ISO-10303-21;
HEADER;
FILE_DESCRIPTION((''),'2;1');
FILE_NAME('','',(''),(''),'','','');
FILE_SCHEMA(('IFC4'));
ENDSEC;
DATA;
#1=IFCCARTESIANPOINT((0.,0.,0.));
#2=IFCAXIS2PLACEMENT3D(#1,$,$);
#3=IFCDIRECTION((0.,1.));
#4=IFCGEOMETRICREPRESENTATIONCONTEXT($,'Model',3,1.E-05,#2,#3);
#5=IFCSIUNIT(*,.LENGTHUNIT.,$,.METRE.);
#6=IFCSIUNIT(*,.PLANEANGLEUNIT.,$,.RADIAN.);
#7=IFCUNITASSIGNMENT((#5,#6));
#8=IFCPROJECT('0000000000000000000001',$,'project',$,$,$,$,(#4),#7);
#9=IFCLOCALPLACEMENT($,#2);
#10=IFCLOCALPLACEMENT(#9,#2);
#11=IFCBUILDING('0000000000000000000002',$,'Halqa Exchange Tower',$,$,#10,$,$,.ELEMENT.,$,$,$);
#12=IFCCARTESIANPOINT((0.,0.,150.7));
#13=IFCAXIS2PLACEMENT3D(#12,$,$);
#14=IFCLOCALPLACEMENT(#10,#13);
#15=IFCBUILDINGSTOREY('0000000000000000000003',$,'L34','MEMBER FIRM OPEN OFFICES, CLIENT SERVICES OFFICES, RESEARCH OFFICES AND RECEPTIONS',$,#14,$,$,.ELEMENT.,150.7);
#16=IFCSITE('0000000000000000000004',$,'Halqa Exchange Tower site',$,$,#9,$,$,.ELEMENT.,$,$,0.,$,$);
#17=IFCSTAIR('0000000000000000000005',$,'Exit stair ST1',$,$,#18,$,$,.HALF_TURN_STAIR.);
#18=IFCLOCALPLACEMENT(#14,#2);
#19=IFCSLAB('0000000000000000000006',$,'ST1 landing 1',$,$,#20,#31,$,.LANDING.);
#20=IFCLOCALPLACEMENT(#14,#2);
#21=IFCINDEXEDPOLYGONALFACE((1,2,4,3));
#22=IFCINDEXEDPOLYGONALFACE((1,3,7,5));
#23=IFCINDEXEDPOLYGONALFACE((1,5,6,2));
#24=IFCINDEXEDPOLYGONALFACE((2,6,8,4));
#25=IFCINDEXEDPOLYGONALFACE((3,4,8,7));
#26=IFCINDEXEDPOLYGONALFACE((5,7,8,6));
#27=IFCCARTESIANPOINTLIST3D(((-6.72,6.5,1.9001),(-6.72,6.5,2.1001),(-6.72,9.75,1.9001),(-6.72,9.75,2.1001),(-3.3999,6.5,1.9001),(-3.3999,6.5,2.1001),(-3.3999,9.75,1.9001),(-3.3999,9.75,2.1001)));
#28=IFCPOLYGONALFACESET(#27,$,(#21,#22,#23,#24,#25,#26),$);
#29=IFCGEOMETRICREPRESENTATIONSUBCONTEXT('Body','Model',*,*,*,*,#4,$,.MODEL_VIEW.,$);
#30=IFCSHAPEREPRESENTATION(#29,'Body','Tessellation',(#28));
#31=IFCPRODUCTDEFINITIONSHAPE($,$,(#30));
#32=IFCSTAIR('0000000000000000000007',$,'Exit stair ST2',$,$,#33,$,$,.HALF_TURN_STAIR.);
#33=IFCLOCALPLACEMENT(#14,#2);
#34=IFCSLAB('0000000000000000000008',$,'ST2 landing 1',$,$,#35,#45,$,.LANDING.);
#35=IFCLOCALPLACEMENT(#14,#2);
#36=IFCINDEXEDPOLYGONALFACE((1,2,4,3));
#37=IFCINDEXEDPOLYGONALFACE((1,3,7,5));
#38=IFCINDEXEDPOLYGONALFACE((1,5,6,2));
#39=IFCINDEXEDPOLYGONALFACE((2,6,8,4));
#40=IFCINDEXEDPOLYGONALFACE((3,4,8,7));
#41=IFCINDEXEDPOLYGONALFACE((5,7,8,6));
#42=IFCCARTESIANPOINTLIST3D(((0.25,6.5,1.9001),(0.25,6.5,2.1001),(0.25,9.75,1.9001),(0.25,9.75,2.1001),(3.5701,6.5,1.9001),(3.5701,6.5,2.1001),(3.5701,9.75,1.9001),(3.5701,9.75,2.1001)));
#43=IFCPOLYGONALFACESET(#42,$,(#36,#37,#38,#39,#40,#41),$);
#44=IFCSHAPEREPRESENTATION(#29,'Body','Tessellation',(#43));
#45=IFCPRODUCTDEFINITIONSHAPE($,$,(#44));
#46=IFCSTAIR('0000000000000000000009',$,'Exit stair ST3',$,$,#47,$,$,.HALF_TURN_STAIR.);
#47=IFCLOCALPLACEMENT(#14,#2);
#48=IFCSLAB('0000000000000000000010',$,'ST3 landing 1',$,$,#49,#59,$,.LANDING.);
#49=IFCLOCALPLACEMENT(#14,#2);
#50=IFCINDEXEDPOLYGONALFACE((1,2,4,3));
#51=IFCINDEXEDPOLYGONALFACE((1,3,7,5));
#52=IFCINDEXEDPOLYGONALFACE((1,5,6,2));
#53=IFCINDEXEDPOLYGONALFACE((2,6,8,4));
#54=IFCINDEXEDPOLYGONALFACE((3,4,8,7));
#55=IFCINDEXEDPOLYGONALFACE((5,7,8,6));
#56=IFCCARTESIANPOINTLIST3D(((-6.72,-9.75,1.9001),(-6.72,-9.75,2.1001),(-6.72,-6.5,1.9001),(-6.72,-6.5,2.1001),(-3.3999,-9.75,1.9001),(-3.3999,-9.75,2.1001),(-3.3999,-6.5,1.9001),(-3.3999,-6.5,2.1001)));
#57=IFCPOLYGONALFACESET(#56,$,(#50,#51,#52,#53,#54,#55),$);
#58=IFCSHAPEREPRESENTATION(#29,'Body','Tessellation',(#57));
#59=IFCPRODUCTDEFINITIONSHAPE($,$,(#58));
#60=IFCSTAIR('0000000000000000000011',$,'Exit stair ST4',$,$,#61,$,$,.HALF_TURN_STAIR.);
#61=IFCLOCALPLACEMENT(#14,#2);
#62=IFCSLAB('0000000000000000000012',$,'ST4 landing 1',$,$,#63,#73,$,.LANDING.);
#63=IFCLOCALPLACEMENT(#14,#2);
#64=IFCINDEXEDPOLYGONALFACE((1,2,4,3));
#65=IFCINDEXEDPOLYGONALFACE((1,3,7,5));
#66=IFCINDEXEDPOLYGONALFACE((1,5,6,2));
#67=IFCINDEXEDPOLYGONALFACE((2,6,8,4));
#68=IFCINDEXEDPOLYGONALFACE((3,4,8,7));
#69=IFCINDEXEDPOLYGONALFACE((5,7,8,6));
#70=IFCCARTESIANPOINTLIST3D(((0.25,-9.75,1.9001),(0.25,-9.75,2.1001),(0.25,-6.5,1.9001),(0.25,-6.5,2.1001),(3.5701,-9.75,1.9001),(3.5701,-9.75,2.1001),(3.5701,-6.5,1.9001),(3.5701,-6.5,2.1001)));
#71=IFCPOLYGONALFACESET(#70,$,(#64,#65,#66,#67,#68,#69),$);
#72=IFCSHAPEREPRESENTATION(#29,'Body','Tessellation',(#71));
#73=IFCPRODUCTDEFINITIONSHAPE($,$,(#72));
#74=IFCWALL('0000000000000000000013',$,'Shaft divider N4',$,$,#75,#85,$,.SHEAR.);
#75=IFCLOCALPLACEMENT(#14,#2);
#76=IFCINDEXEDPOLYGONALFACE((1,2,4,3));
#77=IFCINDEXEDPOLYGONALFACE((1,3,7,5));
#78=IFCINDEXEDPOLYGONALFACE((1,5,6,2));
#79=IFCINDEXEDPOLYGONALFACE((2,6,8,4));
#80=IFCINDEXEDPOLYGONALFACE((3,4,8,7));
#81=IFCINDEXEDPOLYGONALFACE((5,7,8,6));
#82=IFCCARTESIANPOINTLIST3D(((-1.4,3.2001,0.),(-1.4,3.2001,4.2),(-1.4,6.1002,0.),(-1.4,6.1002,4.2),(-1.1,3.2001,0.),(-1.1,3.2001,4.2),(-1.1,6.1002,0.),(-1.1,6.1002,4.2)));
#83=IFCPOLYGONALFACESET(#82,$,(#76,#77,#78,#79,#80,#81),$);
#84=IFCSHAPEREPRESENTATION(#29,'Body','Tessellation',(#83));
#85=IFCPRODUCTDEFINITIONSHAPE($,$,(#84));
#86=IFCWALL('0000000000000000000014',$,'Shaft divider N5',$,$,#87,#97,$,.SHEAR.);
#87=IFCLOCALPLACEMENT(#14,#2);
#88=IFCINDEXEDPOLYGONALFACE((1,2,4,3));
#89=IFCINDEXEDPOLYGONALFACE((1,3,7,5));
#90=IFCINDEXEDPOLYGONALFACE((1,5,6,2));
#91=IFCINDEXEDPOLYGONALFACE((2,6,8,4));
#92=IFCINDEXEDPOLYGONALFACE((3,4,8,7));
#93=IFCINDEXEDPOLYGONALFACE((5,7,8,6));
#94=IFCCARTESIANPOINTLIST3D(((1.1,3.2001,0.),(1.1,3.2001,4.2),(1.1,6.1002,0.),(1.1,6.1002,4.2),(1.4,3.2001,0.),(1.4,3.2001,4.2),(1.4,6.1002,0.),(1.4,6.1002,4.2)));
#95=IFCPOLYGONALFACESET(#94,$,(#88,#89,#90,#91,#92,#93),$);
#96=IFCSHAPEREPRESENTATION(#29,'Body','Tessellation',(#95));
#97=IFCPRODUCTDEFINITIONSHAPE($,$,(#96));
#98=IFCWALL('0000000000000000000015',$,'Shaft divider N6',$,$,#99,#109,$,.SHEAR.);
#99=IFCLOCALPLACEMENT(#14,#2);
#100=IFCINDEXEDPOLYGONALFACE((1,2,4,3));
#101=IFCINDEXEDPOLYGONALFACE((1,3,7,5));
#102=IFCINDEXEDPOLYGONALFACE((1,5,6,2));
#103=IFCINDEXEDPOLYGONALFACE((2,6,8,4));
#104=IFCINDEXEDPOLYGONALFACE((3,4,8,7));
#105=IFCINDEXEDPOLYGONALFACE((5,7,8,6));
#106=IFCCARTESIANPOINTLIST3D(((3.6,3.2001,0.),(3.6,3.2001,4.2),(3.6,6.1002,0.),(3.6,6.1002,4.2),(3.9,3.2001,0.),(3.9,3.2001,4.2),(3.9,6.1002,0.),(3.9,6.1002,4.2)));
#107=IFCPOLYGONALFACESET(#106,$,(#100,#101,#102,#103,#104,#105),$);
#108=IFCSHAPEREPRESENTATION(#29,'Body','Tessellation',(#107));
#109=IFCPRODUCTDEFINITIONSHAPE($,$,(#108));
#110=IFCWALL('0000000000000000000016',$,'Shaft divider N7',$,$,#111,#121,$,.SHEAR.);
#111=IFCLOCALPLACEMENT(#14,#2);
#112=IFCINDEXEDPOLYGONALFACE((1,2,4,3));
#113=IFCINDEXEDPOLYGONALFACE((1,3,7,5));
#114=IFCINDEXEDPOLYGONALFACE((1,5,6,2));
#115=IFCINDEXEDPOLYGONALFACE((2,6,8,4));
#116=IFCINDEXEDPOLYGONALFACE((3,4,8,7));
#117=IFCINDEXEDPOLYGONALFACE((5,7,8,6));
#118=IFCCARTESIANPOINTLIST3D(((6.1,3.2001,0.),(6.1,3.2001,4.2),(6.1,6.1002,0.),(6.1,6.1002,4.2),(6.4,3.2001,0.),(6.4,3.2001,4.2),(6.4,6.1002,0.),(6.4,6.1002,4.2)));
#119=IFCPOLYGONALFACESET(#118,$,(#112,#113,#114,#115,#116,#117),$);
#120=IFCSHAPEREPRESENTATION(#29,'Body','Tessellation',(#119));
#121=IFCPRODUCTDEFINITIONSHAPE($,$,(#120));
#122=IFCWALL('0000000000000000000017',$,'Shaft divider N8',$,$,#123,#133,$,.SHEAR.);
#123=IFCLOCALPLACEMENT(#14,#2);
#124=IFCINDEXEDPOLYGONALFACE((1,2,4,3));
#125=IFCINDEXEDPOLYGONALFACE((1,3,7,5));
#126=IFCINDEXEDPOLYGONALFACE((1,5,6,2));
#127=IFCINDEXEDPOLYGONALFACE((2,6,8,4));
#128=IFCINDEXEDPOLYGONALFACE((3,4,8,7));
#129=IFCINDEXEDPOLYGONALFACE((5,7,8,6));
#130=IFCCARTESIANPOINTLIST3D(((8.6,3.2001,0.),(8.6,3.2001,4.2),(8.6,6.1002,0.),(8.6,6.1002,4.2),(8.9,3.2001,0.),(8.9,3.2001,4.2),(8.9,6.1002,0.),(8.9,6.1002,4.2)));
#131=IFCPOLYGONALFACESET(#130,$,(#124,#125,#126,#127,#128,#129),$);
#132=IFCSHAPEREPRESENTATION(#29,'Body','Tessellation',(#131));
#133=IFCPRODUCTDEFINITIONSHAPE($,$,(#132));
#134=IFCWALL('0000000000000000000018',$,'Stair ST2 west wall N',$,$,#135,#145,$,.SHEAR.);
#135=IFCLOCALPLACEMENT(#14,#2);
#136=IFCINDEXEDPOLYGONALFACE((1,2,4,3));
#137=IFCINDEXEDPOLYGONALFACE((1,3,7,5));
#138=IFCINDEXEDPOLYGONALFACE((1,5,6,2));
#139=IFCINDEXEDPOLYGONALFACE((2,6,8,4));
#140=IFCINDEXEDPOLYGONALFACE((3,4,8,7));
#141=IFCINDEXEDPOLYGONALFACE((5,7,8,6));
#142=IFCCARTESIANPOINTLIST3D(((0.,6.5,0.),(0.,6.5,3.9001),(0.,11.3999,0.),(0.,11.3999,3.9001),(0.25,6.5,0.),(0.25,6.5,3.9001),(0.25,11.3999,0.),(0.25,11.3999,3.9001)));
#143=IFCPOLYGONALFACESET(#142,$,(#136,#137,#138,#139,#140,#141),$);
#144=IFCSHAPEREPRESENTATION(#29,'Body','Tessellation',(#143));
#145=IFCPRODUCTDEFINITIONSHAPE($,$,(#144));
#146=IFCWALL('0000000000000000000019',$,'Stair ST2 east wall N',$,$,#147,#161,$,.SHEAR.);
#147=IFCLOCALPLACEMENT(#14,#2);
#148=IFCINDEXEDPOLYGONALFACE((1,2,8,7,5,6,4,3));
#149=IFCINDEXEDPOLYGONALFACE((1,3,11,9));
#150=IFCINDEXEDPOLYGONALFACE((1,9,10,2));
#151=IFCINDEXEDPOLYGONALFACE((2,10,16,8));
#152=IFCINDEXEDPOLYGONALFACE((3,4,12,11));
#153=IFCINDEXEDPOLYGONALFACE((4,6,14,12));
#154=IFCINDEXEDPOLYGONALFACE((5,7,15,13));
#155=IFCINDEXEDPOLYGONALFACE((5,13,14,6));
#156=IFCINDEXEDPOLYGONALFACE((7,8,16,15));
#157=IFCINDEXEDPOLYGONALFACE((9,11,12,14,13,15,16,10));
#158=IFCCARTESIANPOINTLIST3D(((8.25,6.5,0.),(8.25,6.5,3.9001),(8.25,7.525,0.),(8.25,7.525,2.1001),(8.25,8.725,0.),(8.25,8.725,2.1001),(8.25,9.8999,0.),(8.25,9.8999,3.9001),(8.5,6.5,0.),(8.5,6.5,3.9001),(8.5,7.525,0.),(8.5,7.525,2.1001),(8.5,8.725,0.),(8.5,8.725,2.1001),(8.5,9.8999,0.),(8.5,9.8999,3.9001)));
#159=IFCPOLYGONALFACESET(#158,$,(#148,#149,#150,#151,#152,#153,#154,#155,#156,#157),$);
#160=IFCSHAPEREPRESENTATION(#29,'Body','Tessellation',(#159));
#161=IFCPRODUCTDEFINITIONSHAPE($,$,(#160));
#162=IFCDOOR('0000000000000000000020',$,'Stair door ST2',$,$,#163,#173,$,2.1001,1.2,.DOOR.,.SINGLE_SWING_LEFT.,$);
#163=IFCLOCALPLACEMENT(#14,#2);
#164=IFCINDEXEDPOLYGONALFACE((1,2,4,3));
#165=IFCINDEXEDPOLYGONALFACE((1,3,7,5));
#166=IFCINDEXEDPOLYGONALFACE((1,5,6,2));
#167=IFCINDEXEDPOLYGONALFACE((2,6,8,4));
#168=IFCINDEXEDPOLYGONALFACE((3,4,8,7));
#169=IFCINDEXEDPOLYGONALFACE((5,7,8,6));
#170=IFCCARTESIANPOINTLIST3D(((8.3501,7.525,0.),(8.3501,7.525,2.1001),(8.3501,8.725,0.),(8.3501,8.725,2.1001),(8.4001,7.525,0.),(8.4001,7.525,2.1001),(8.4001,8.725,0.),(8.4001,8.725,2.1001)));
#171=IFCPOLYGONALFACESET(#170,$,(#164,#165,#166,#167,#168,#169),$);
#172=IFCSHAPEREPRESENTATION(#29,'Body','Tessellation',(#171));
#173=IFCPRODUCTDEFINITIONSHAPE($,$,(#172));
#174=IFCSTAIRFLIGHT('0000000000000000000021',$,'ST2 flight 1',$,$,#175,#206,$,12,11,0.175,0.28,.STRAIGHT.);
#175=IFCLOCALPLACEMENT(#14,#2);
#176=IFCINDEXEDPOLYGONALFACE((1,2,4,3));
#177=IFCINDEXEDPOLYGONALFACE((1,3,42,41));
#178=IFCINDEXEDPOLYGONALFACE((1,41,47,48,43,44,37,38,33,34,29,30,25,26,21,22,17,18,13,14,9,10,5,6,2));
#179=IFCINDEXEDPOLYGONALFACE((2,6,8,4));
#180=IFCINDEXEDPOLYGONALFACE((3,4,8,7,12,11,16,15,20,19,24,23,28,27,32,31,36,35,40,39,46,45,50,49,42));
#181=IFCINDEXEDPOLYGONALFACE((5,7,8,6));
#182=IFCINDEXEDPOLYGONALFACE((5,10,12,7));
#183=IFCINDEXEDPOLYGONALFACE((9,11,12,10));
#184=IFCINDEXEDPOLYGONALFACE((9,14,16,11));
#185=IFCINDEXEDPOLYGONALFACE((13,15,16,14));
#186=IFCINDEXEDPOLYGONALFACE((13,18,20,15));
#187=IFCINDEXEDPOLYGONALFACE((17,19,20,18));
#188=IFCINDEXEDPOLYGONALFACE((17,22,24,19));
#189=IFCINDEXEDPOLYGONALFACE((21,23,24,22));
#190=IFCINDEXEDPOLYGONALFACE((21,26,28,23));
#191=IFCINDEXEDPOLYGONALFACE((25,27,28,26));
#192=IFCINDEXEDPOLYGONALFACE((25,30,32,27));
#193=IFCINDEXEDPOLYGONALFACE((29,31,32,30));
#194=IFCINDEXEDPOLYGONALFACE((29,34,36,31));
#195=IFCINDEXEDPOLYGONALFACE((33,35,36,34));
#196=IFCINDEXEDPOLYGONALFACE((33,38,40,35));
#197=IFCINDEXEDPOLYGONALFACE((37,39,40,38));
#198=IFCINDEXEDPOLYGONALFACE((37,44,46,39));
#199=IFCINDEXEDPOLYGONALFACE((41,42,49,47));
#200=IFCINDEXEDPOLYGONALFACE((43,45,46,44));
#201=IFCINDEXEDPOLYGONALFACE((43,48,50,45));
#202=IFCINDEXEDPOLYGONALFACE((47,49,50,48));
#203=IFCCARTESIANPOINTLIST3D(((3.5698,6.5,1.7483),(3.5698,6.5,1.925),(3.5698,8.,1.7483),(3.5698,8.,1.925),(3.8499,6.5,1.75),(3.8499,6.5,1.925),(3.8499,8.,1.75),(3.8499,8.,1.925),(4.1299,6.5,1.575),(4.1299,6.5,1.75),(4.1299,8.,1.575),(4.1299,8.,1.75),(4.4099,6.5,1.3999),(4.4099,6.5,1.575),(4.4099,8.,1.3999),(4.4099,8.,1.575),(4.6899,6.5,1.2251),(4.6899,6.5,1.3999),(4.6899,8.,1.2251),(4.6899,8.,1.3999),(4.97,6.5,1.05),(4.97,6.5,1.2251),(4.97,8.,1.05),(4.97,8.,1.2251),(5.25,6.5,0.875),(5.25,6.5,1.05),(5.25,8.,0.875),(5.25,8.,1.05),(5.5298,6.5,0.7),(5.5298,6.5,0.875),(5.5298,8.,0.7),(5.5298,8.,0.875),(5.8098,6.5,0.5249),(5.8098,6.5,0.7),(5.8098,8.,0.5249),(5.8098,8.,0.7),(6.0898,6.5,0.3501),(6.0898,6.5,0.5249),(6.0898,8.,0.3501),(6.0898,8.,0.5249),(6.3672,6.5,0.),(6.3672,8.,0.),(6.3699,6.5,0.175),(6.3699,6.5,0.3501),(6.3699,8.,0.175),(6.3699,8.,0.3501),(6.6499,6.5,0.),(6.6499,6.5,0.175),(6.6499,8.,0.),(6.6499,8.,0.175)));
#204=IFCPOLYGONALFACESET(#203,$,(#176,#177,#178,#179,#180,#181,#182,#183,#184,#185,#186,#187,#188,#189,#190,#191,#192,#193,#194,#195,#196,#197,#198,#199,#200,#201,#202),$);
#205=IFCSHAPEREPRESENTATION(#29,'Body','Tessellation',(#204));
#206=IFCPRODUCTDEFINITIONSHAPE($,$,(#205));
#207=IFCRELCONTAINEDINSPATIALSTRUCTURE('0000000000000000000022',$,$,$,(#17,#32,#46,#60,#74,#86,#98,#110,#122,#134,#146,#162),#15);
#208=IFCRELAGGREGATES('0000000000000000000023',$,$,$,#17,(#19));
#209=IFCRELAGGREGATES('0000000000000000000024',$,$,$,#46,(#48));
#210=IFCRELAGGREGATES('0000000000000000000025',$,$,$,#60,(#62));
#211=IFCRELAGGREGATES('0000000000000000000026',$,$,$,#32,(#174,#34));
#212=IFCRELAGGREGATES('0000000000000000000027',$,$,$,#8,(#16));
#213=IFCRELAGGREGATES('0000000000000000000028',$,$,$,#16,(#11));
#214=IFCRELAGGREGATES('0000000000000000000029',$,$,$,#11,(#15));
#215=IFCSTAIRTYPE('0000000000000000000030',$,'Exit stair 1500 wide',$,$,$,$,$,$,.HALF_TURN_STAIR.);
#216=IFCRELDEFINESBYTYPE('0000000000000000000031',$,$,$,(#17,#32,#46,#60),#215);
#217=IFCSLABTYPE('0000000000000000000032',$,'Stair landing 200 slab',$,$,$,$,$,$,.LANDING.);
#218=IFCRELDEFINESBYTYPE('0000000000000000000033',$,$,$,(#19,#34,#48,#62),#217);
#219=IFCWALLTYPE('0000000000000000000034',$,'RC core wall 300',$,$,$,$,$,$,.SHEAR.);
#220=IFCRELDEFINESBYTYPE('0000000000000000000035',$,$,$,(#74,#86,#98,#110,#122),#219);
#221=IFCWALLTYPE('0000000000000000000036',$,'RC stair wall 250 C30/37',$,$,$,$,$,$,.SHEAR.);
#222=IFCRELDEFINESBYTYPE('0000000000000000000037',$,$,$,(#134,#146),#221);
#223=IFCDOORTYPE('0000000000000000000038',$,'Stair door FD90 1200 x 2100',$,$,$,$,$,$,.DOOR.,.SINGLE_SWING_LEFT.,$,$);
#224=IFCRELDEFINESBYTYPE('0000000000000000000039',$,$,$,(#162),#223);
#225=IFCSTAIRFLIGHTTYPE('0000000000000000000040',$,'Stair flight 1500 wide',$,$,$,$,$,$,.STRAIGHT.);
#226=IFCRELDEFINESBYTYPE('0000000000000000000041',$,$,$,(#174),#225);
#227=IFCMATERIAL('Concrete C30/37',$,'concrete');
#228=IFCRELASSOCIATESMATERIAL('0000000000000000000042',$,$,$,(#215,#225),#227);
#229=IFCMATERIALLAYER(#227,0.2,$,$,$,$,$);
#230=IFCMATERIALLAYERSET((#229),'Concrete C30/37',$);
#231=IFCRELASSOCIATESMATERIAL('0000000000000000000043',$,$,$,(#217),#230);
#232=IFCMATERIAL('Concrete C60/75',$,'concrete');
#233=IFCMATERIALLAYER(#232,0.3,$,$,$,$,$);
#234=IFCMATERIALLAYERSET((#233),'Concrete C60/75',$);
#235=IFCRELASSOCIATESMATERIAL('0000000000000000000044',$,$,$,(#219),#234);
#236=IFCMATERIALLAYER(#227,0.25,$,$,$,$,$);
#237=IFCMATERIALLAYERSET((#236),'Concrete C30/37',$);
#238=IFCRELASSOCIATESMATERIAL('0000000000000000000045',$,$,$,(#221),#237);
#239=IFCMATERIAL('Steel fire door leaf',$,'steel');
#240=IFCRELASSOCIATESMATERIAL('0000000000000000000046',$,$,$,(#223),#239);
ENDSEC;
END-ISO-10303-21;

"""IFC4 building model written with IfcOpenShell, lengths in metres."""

from ifc_helpers import new_model, si_unit, direction, frame, frame_2d, origin, place, context, subcontext, project, spatial, polyline, rectangle, outline, extrude, material, layer, layer_set, type_object, element, fill, aggregate, save


model = new_model("IFC4")

# Units and contexts
model_context = context("Model", 3, precision=1e-05, world=origin(), true_north=direction((0.0, 1.0)))
body_context = subcontext(model_context, "Body", "Model", "MODEL_VIEW")
ifc_project = project(units=[si_unit("LENGTHUNIT", "METRE"), si_unit("PLANEANGLEUNIT", "RADIAN")], contexts=[model_context])

# Site, building, storey
site_placement = place(None, origin())
site = spatial("IfcSite", under=ifc_project, at=site_placement, Name="Halqa Exchange Tower site", CompositionType="ELEMENT", RefElevation=0.0)
building_placement = place(site_placement, origin())
building = spatial("IfcBuilding", under=site, at=building_placement, Name="Halqa Exchange Tower", CompositionType="ELEMENT")
storey_placement = place(building_placement, frame((0.0, 0.0, 150.7)))
storey = spatial("IfcBuildingStorey", under=building, at=storey_placement, Name="L34", Description="MEMBER FIRM OPEN OFFICES, CLIENT SERVICES OFFICES, RESEARCH OFFICES AND RECEPTIONS", CompositionType="ELEMENT", Elevation=150.7)

# Stairs, slabs
ifc_material_1 = material(Name="Concrete C30/37", Category="concrete")
stair_type = type_object("IfcStairType", Name="Exit stair 1500 wide", PredefinedType="HALF_TURN_STAIR", material=ifc_material_1)
stair_1_placement = place(storey_placement, origin())
stair_1 = element("IfcStair", 1, at=stair_1_placement, inside=storey, type_object=stair_type, Name="Exit stair ST1", PredefinedType="HALF_TURN_STAIR")
ifc_layer_1 = layer(ifc_material_1, 0.2)
ifc_layer_set_1 = layer_set([ifc_layer_1], Name="Concrete C30/37")
slab_type = type_object("IfcSlabType", Name="Stair landing 200 slab", PredefinedType="LANDING", material=ifc_layer_set_1)
slab_1_placement = place(storey_placement, frame((0.0, 0.0, 1.9001)))
slab_1 = element("IfcSlab", 2, at=slab_1_placement, type_object=slab_type, Name="ST1 landing 1", PredefinedType="LANDING", context=body_context, shape_type="SweptSolid", body=[
    extrude(outline(polyline([(-6.72, 6.5), (-3.3999, 6.5), (-3.3999, 9.75), (-6.72, 9.75), (-6.72, 6.5)])), origin(), (0.0, 0.0, 1.0), 0.2),
])
aggregate(stair_1, [slab_1])
stair_2_placement = place(storey_placement, origin())
stair_2 = element("IfcStair", 3, at=stair_2_placement, inside=storey, type_object=stair_type, Name="Exit stair ST2", PredefinedType="HALF_TURN_STAIR")
slab_2_placement = place(storey_placement, frame((0.0, 0.0, 1.9001)))
slab_2 = element("IfcSlab", 4, at=slab_2_placement, type_object=slab_type, Name="ST2 landing 1", PredefinedType="LANDING", context=body_context, shape_type="SweptSolid", body=[
    extrude(outline(polyline([(0.25, 6.5), (3.5701, 6.5), (3.5701, 9.75), (0.25, 9.75), (0.25, 6.5)])), origin(), (0.0, 0.0, 1.0), 0.2),
])
stair_3_placement = place(storey_placement, origin())
stair_3 = element("IfcStair", 5, at=stair_3_placement, inside=storey, type_object=stair_type, Name="Exit stair ST3", PredefinedType="HALF_TURN_STAIR")
slab_3_placement = place(storey_placement, frame((0.0, 0.0, 1.9001)))
slab_3 = element("IfcSlab", 6, at=slab_3_placement, type_object=slab_type, Name="ST3 landing 1", PredefinedType="LANDING", context=body_context, shape_type="SweptSolid", body=[
    extrude(outline(polyline([(-6.72, -9.75), (-3.3999, -9.75), (-3.3999, -6.5), (-6.72, -6.5), (-6.72, -9.75)])), origin(), (0.0, 0.0, 1.0), 0.2),
])
aggregate(stair_3, [slab_3])
stair_4_placement = place(storey_placement, origin())
stair_4 = element("IfcStair", 7, at=stair_4_placement, inside=storey, type_object=stair_type, Name="Exit stair ST4", PredefinedType="HALF_TURN_STAIR")
slab_4_placement = place(storey_placement, frame((0.0, 0.0, 1.9001)))
slab_4 = element("IfcSlab", 8, at=slab_4_placement, type_object=slab_type, Name="ST4 landing 1", PredefinedType="LANDING", context=body_context, shape_type="SweptSolid", body=[
    extrude(outline(polyline([(0.25, -9.75), (3.5701, -9.75), (3.5701, -6.5), (0.25, -6.5), (0.25, -9.75)])), origin(), (0.0, 0.0, 1.0), 0.2),
])
aggregate(stair_4, [slab_4])

# Walls
ifc_material_2 = material(Name="Concrete C60/75", Category="concrete")
ifc_layer_2 = layer(ifc_material_2, 0.3)
ifc_layer_set_2 = layer_set([ifc_layer_2], Name="Concrete C60/75")
wall_type_1 = type_object("IfcWallType", Name="RC core wall 300", PredefinedType="SHEAR", material=ifc_layer_set_2)
for number, where, z_axis, x_axis, name in (
    (9, (-1.25, 3.2, 0.0), (0.0, 0.0, 1.0), (0.0, 1.0, 0.0), "Shaft divider N4"),
    (10, (1.25, 3.2, 0.0), (0.0, 0.0, 1.0), (0.0, 1.0, 0.0), "Shaft divider N5"),
    (11, (3.75, 3.2, 0.0), (0.0, 0.0, 1.0), (0.0, 1.0, 0.0), "Shaft divider N6"),
    (12, (6.25, 3.2, 0.0), (0.0, 0.0, 1.0), (0.0, 1.0, 0.0), "Shaft divider N7"),
    (13, (8.75, 3.2, 0.0), (0.0, 0.0, 1.0), (0.0, 1.0, 0.0), "Shaft divider N8"),
):
    element("IfcWall", number, at=place(storey_placement, frame(where, z_axis=z_axis, x_axis=x_axis)), inside=storey, type_object=wall_type_1, Name=name, PredefinedType="SHEAR", context=body_context, shape_type="SweptSolid", body=[
        extrude(rectangle(XDim=2.9001, YDim=0.3, at=frame_2d((1.4502, 0.0))), origin(), (0.0, 0.0, 1.0), 4.2),
    ])
ifc_layer_3 = layer(ifc_material_1, 0.25)
ifc_layer_set_3 = layer_set([ifc_layer_3], Name="Concrete C30/37")
wall_type_2 = type_object("IfcWallType", Name="RC stair wall 250 C30/37", PredefinedType="SHEAR", material=ifc_layer_set_3)
wall_1_placement = place(storey_placement, frame((0.125, 6.5, 0.0), z_axis=(0.0, 0.0, 1.0), x_axis=(0.0, 1.0, 0.0)))
element("IfcWall", 14, at=wall_1_placement, inside=storey, type_object=wall_type_2, Name="Stair ST2 west wall N", PredefinedType="SHEAR", context=body_context, shape_type="SweptSolid", body=[
    extrude(rectangle(XDim=4.8999, YDim=0.25, at=frame_2d((2.45, 0.0))), origin(), (0.0, 0.0, 1.0), 3.9001),
])

# Wall, opening, door
wall_2_placement = place(storey_placement, frame((8.375, 6.5, 0.0), z_axis=(0.0, 0.0, 1.0), x_axis=(0.0, 1.0, 0.0)))
wall_2 = element("IfcWall", 15, at=wall_2_placement, inside=storey, type_object=wall_type_2, Name="Stair ST2 east wall N", PredefinedType="SHEAR", context=body_context, shape_type="SweptSolid", body=[
    extrude(rectangle(XDim=3.3999, YDim=0.25, at=frame_2d((1.7, 0.0))), origin(), (0.0, 0.0, 1.0), 3.9001),
])
opening_placement = place(wall_2_placement, frame((1.0249, 0.0, 0.0)))
opening = element("IfcOpeningElement", 16, at=opening_placement, cuts=wall_2, PredefinedType="OPENING", context=body_context, shape_type="SweptSolid", body=[
    extrude(rectangle(XDim=1.2, YDim=2.1001, at=frame_2d((0.6001, 1.05))), frame((0.0, 0.137, 0.0), z_axis=(0.0, -1.0, 0.0), x_axis=(1.0, 0.0, 0.0)), (0.0, 0.0, 1.0), 0.2739),
])
ifc_material_3 = material(Name="Steel fire door leaf", Category="steel")
door_type = type_object("IfcDoorType", Name="Stair door FD90 1200 x 2100", OperationType="SINGLE_SWING_LEFT", PredefinedType="DOOR", material=ifc_material_3)
door_placement = place(opening_placement, origin())
door = element("IfcDoor", 17, at=door_placement, inside=storey, type_object=door_type, Name="Stair door ST2", OperationType="SINGLE_SWING_LEFT", OverallHeight=2.1001, OverallWidth=1.2, PredefinedType="DOOR", context=body_context, shape_type="SweptSolid", body=[
    extrude(rectangle(XDim=1.2, YDim=2.1001, at=frame_2d((0.6001, 1.05))), frame((0.0, 0.0249, 0.0), z_axis=(0.0, -1.0, 0.0), x_axis=(1.0, 0.0, 0.0)), (0.0, 0.0, 1.0), 0.05),
])
fill(opening, door)

# Stair flight
stair_flight_type = type_object("IfcStairFlightType", Name="Stair flight 1500 wide", PredefinedType="STRAIGHT", material=ifc_material_1)
stair_flight_1_placement = place(storey_placement, frame((6.6499, 7.25, 0.0), z_axis=(0.0, 0.0, 1.0), x_axis=(-1.0, 0.0, 0.0)))
stair_flight_1 = element("IfcStairFlight", 18, at=stair_flight_1_placement, type_object=stair_flight_type, Name="ST2 flight 1", NumberOfRisers=12, NumberOfTreads=11, PredefinedType="STRAIGHT", RiserHeight=0.175, TreadLength=0.28, context=body_context, shape_type="SweptSolid", body=[
    extrude(outline(polyline([(0.0, 0.0), (0.0, 0.175), (0.28, 0.175), (0.28, 0.3501), (0.5601, 0.3501), (0.5601, 0.5249), (0.8401, 0.5249), (0.8401, 0.7), (1.1201, 0.7), (1.1201, 0.875), (1.3999, 0.875), (1.3999, 1.05), (1.6799, 1.05), (1.6799, 1.2251), (1.96, 1.2251), (1.96, 1.3999), (2.24, 1.3999), (2.24, 1.575), (2.52, 1.575), (2.52, 1.75), (2.8, 1.75), (2.8, 1.925), (3.0801, 1.925), (3.0801, 2.1001), (3.0801, 1.7483), (0.2827, 0.0), (0.0, 0.0)])), frame((0.0, 0.75, 0.0), z_axis=(0.0, -1.0, 0.0), x_axis=(1.0, 0.0, 0.0)), (0.0, 0.0, 1.0), 1.5),
])
aggregate(stair_2, [stair_flight_1, slab_2])

save(model, "model.ifc")
